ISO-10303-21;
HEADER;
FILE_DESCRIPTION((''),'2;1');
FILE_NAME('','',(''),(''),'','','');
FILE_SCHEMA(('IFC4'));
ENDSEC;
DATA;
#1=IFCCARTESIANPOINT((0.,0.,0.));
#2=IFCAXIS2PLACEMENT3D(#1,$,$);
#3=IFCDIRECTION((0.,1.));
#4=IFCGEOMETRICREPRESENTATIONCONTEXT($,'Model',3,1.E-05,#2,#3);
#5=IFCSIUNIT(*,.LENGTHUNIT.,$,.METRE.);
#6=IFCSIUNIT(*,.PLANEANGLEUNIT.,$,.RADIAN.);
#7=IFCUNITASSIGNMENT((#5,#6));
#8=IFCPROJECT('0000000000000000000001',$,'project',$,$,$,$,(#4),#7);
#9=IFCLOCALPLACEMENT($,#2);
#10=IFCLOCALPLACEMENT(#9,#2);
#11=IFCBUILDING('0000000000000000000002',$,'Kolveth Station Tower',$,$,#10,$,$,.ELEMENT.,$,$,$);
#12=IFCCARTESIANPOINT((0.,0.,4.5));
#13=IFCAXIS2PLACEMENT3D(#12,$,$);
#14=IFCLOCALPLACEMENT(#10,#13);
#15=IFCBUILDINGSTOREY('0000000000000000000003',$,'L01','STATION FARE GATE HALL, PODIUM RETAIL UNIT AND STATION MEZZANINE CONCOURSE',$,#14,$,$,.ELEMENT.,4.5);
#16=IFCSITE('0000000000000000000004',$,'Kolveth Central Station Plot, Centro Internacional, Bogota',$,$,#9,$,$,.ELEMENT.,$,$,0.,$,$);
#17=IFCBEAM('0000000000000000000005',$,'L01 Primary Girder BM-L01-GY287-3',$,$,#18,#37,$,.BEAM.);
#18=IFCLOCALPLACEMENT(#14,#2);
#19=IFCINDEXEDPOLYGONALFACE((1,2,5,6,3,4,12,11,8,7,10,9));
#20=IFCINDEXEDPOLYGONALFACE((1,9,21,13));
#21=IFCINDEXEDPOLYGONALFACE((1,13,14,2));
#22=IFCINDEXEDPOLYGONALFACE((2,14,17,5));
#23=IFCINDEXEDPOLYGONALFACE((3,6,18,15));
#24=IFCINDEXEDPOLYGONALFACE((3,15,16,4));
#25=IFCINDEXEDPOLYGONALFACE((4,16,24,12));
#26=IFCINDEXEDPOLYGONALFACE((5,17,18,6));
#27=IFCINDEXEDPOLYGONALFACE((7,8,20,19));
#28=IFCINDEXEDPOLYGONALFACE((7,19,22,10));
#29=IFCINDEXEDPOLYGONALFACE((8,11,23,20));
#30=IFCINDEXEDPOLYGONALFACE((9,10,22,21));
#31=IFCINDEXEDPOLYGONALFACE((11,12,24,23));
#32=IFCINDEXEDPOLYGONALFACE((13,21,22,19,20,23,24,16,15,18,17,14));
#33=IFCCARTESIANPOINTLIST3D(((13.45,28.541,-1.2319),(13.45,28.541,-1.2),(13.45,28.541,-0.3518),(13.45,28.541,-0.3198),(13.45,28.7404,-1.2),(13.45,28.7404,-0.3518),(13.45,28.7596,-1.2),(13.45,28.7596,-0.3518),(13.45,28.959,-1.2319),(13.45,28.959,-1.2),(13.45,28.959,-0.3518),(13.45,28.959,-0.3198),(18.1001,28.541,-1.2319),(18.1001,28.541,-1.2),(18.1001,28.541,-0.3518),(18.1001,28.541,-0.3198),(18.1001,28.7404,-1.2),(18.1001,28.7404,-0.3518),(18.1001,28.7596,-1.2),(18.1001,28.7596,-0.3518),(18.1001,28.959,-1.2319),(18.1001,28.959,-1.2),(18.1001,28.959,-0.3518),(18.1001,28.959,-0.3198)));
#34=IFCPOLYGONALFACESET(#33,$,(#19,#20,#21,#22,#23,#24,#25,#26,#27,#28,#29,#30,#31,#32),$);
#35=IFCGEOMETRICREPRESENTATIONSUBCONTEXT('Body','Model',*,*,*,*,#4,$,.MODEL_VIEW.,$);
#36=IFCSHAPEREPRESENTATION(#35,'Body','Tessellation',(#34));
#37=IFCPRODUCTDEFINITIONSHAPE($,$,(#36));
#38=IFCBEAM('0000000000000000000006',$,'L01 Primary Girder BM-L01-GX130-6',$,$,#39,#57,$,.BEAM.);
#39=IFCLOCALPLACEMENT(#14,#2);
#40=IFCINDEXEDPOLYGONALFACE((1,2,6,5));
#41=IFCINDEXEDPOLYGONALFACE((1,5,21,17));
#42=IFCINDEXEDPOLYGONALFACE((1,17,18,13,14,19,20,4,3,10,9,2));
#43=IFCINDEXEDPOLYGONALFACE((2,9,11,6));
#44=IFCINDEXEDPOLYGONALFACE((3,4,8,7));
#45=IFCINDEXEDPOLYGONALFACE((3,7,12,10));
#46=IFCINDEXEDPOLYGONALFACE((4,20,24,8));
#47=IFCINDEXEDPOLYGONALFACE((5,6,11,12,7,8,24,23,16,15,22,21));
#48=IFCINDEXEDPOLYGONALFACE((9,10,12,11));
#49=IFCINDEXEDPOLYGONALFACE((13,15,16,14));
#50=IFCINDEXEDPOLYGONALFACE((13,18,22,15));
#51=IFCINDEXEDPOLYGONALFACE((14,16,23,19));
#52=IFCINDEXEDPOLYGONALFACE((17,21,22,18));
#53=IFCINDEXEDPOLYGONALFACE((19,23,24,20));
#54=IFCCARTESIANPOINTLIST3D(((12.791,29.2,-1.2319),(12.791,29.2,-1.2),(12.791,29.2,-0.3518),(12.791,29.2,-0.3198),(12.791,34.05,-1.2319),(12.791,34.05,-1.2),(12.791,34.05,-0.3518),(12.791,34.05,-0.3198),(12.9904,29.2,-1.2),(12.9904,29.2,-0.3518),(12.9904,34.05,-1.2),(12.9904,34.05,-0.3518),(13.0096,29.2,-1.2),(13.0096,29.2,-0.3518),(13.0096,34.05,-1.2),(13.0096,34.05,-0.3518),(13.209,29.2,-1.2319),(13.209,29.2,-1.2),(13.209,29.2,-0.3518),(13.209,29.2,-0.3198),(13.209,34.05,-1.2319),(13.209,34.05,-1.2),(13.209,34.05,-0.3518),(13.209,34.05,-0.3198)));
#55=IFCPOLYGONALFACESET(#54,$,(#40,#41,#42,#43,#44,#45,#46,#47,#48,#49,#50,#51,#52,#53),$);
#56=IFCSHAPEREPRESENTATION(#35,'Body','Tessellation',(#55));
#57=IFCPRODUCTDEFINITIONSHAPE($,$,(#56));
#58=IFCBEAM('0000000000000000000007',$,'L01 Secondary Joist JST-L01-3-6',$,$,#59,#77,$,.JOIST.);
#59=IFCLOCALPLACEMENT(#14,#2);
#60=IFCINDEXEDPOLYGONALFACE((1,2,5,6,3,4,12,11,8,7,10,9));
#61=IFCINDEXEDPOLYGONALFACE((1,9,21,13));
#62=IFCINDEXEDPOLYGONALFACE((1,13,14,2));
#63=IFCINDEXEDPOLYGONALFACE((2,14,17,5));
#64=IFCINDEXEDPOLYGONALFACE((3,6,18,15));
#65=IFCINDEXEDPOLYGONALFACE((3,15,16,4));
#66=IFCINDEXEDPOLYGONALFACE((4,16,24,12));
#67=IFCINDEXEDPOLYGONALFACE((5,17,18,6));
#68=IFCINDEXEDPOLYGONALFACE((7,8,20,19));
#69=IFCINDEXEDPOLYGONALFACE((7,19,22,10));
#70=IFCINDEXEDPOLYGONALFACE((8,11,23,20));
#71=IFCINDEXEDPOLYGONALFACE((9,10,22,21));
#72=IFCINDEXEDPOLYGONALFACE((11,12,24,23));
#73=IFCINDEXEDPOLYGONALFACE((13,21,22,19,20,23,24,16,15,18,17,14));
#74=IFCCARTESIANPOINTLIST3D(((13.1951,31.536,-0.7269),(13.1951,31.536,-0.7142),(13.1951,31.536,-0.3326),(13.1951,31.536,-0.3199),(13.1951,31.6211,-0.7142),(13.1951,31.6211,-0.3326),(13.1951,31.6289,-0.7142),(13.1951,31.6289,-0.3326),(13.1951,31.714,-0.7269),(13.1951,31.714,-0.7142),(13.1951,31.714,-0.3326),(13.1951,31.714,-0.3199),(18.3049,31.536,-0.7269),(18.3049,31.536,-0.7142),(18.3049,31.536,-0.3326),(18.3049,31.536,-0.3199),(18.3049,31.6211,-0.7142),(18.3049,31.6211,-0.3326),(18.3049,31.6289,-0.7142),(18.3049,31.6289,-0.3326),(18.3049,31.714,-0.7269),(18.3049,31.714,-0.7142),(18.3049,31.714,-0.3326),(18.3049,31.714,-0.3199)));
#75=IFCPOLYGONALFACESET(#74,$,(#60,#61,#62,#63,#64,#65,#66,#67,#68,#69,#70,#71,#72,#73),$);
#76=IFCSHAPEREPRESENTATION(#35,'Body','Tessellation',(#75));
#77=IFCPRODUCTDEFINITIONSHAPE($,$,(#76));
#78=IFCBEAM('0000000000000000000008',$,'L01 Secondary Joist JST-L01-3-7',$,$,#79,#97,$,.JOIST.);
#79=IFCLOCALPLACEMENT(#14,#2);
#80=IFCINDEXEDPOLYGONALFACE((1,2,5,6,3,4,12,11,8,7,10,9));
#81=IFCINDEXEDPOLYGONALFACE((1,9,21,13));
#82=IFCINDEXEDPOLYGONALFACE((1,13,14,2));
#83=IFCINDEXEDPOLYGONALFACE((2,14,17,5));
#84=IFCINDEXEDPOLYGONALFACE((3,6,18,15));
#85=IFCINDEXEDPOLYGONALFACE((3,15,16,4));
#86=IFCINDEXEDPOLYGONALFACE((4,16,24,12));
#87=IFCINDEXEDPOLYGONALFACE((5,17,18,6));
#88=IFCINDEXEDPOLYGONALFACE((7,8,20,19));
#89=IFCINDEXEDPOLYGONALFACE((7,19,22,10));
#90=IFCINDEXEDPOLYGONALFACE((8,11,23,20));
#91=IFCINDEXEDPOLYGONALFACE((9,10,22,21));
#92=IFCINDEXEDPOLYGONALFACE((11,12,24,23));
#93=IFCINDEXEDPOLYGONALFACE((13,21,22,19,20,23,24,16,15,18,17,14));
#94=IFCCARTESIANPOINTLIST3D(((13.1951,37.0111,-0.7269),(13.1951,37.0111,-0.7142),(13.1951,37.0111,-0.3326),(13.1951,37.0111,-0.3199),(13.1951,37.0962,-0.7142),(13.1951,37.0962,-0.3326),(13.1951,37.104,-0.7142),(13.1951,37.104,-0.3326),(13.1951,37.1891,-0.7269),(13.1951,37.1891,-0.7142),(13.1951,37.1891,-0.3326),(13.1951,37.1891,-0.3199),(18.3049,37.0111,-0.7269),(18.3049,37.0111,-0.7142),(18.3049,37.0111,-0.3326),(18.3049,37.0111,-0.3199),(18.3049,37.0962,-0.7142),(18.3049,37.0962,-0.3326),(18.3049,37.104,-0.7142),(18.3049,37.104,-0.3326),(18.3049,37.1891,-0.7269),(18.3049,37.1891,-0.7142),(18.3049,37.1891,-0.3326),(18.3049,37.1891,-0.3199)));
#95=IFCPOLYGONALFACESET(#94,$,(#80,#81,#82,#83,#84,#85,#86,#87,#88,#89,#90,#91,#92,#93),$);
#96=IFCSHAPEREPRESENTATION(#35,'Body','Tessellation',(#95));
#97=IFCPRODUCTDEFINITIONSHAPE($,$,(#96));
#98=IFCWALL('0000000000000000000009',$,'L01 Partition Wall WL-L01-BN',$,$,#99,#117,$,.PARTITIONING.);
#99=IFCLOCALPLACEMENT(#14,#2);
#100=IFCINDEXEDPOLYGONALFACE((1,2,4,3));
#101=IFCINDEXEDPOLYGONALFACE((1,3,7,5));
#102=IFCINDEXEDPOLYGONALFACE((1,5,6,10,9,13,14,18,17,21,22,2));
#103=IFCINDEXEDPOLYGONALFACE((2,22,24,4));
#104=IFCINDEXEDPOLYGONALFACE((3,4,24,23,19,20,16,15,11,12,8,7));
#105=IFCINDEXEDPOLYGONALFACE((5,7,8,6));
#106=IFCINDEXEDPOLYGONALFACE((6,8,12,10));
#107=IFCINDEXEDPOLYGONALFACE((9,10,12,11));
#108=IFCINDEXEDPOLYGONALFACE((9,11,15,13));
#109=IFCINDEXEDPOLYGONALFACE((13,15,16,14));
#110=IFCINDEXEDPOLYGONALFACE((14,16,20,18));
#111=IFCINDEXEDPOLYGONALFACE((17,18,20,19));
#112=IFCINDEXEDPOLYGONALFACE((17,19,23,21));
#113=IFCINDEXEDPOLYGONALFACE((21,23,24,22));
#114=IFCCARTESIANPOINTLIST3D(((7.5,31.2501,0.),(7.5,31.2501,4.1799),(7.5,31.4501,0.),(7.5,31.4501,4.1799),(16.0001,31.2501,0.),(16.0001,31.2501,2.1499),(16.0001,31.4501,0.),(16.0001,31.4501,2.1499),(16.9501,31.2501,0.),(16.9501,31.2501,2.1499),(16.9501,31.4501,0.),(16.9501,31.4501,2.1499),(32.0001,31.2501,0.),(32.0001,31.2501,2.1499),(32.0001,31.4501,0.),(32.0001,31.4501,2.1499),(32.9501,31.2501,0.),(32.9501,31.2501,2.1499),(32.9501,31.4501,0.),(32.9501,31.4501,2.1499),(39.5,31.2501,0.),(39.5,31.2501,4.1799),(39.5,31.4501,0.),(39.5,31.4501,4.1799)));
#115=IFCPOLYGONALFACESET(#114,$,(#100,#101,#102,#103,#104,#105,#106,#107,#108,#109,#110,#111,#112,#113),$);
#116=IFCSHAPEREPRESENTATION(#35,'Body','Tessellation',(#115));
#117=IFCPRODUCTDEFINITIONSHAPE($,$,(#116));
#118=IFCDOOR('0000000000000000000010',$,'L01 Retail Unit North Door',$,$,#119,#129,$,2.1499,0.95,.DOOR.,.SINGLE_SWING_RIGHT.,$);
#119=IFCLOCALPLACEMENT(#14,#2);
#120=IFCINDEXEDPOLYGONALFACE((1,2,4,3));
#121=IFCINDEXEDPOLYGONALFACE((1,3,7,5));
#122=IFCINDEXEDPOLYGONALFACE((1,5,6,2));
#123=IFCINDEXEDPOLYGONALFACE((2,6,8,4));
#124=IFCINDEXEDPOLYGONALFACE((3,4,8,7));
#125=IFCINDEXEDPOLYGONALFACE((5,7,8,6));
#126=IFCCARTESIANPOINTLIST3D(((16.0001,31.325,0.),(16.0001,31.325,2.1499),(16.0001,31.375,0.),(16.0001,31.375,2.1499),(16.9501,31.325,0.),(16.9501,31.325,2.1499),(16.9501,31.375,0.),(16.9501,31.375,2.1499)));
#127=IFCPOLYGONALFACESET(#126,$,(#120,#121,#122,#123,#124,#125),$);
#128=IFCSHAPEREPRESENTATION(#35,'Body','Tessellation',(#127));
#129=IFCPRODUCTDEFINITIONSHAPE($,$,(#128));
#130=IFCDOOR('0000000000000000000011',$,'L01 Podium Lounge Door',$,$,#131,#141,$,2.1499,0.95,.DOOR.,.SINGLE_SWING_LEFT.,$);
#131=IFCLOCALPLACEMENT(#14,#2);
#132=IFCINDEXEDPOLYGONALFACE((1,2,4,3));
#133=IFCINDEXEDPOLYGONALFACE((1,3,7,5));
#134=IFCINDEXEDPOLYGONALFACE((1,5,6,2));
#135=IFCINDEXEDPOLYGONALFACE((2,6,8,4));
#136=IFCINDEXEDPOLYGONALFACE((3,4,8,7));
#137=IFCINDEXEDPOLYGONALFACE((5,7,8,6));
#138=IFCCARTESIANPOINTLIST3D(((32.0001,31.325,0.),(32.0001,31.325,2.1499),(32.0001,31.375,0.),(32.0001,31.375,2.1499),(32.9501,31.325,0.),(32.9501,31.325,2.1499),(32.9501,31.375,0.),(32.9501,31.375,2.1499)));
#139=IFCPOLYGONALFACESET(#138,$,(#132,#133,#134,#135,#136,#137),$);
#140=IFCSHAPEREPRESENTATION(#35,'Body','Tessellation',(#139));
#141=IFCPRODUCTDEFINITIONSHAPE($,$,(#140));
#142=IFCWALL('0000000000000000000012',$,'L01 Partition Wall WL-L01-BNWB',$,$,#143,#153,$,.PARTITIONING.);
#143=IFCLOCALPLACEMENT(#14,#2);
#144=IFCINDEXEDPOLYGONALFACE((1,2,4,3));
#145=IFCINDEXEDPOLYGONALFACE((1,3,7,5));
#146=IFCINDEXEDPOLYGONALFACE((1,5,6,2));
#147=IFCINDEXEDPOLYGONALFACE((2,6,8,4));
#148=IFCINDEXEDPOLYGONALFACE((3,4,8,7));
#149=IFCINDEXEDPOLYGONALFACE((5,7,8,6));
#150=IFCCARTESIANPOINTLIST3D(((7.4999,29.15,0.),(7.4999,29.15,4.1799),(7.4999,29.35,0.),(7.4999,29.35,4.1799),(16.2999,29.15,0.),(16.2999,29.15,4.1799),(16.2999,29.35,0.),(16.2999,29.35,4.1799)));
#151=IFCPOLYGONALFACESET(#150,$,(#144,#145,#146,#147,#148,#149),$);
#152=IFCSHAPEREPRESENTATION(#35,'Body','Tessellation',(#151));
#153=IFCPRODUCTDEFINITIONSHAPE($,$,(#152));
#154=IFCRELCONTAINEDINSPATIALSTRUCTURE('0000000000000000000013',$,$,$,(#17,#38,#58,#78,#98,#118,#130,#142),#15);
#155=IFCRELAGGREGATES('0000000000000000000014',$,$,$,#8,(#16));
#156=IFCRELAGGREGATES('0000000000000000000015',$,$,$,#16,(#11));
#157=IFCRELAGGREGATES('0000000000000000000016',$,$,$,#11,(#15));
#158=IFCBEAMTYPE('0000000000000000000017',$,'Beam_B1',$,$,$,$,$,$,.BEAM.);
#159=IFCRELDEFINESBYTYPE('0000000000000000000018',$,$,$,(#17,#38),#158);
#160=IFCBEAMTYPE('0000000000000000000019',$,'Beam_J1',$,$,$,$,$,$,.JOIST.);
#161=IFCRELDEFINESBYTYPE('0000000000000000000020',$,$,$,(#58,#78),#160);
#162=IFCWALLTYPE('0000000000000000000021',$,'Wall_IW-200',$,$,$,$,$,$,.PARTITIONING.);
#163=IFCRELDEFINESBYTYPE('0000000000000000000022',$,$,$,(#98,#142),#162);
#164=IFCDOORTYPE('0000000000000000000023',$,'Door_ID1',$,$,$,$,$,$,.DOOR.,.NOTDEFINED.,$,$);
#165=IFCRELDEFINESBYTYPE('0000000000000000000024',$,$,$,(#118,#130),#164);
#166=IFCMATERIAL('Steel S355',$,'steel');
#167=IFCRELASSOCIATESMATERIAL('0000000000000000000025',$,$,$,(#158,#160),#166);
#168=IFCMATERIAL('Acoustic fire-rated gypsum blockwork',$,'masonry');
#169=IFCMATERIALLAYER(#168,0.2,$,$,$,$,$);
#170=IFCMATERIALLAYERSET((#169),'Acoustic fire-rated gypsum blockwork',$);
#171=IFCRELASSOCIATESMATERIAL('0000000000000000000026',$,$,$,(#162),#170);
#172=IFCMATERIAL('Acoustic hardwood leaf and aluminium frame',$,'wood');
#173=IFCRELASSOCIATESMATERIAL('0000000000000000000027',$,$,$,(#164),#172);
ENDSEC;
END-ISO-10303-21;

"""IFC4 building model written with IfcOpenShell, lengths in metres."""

from ifc_helpers import new_model, si_unit, direction, frame, frame_2d, origin, origin_2d, place, context, subcontext, project, spatial, rectangle, i_section, extrude, source, transform, mapped, material, layer, layer_set, material_profile, profile_set, type_object, element, fill, save


model = new_model("IFC4")

# Units and contexts
model_context = context("Model", 3, precision=1e-05, world=origin(), true_north=direction((0.0, 1.0)))
body_context = subcontext(model_context, "Body", "Model", "MODEL_VIEW")
ifc_project = project(units=[si_unit("LENGTHUNIT", "METRE"), si_unit("PLANEANGLEUNIT", "RADIAN")], contexts=[model_context])

# Site, building, storey
site_placement = place(None, origin())
site = spatial("IfcSite", under=ifc_project, at=site_placement, Name="Kolveth Central Station Plot, Centro Internacional, Bogota", CompositionType="ELEMENT", RefElevation=0.0)
building_placement = place(site_placement, origin())
building = spatial("IfcBuilding", under=site, at=building_placement, Name="Kolveth Station Tower", CompositionType="ELEMENT")
storey_placement = place(building_placement, frame((0.0, 0.0, 4.5)))
storey = spatial("IfcBuildingStorey", under=building, at=storey_placement, Name="L01", Description="STATION FARE GATE HALL, PODIUM RETAIL UNIT AND STATION MEZZANINE CONCOURSE", CompositionType="ELEMENT", Elevation=4.5)

# Beams
ifc_material_1 = material(Name="Steel S355", Category="steel")
ifc_material_profile_1 = material_profile(ifc_material_1, i_section(OverallWidth=0.418, OverallDepth=0.9121, WebThickness=0.0193, FlangeThickness=0.032, at=origin_2d()), Name="W920x342")
ifc_profile_set_1 = profile_set([ifc_material_profile_1], Name="Steel S355")
beam_type_1 = type_object("IfcBeamType", Name="Beam_B1", PredefinedType="BEAM", material=ifc_profile_set_1)
shared_shape_1 = source(origin(), body_context, "Body", "SweptSolid", [
    extrude(i_section(OverallWidth=0.418, OverallDepth=0.9121, WebThickness=0.0193, FlangeThickness=0.032, at=origin_2d()), origin(), (0.0, 0.0, 1.0), 4.6501),
])
beam_1_placement = place(storey_placement, frame((13.45, 28.75, -0.7759), z_axis=(1.0, 0.0, 0.0), x_axis=(0.0, 1.0, 0.0)))
element("IfcBeam", 1, at=beam_1_placement, inside=storey, type_object=beam_type_1, Name="L01 Primary Girder BM-L01-GY287-3", PredefinedType="BEAM", context=body_context, shape_type="MappedRepresentation", body=[
    mapped(shared_shape_1, transform((0.0, 0.0, 0.0), x_axis=(1.0, 0.0, 0.0), y_axis=(0.0, 1.0, 0.0), z_axis=(0.0, 0.0, 1.0), scale=1.0)),
])
shared_shape_2 = source(origin(), body_context, "Body", "SweptSolid", [
    extrude(i_section(OverallWidth=0.418, OverallDepth=0.9121, WebThickness=0.0193, FlangeThickness=0.032, at=origin_2d()), origin(), (0.0, 0.0, 1.0), 4.8501),
])
beam_2_placement = place(storey_placement, frame((13.0, 29.2, -0.7759), z_axis=(0.0, 1.0, 0.0), x_axis=(-1.0, 0.0, 0.0)))
element("IfcBeam", 2, at=beam_2_placement, inside=storey, type_object=beam_type_1, Name="L01 Primary Girder BM-L01-GX130-6", PredefinedType="BEAM", context=body_context, shape_type="MappedRepresentation", body=[
    mapped(shared_shape_2, transform((0.0, 0.0, 0.0), x_axis=(1.0, 0.0, 0.0), y_axis=(0.0, 1.0, 0.0), z_axis=(0.0, 0.0, 1.0), scale=1.0)),
])
ifc_material_profile_2 = material_profile(ifc_material_1, i_section(OverallWidth=0.178, OverallDepth=0.407, WebThickness=0.0078, FlangeThickness=0.0127, at=origin_2d()), Name="W410x60")
ifc_profile_set_2 = profile_set([ifc_material_profile_2], Name="Steel S355")
beam_type_2 = type_object("IfcBeamType", Name="Beam_J1", PredefinedType="JOIST", material=ifc_profile_set_2)
shared_shape_3 = source(origin(), body_context, "Body", "SweptSolid", [
    extrude(i_section(OverallWidth=0.178, OverallDepth=0.407, WebThickness=0.0078, FlangeThickness=0.0127, at=origin_2d()), origin(), (0.0, 0.0, 1.0), 5.1099),
])
for number, where, z_axis, x_axis, name in (
    (3, (13.1951, 31.625, -0.5234), (1.0, 0.0, 0.0), (0.0, 1.0, 0.0), "L01 Secondary Joist JST-L01-3-6"),
    (4, (13.1951, 37.1001, -0.5234), (1.0, 0.0, 0.0), (0.0, 1.0, 0.0), "L01 Secondary Joist JST-L01-3-7"),
):
    element("IfcBeam", number, at=place(storey_placement, frame(where, z_axis=z_axis, x_axis=x_axis)), inside=storey, type_object=beam_type_2, Name=name, PredefinedType="JOIST", context=body_context, shape_type="MappedRepresentation", body=[
        mapped(shared_shape_3, transform((0.0, 0.0, 0.0), x_axis=(1.0, 0.0, 0.0), y_axis=(0.0, 1.0, 0.0), z_axis=(0.0, 0.0, 1.0), scale=1.0)),
    ])

# Wall, openings, doors
ifc_material_2 = material(Name="Acoustic fire-rated gypsum blockwork", Category="masonry")
ifc_layer = layer(ifc_material_2, 0.2)
ifc_layer_set = layer_set([ifc_layer], Name="Acoustic fire-rated gypsum blockwork")
wall_type = type_object("IfcWallType", Name="Wall_IW-200", PredefinedType="PARTITIONING", material=ifc_layer_set)
wall_1_placement = place(storey_placement, frame((7.5, 31.3501, 0.0), z_axis=(0.0, 0.0, 1.0), x_axis=(1.0, 0.0, 0.0)))
wall_1 = element("IfcWall", 5, at=wall_1_placement, inside=storey, type_object=wall_type, Name="L01 Partition Wall WL-L01-BN", PredefinedType="PARTITIONING", context=body_context, shape_type="SweptSolid", body=[
    extrude(rectangle(XDim=32.0, YDim=0.2, at=frame_2d((16.0, 0.0))), origin(), (0.0, 0.0, 1.0), 4.1799),
])
opening_1_placement = place(wall_1_placement, frame((8.5, 0.0, 0.0)))
opening_1 = element("IfcOpeningElement", 6, at=opening_1_placement, cuts=wall_1, PredefinedType="OPENING", context=body_context, shape_type="SweptSolid", body=[
    extrude(rectangle(XDim=0.95, YDim=2.1499, at=frame_2d((0.4751, 1.075))), frame((0.0, 0.1099, 0.0), z_axis=(0.0, -1.0, 0.0), x_axis=(1.0, 0.0, 0.0)), (0.0, 0.0, 1.0), 0.22),
])
opening_2_placement = place(wall_1_placement, frame((24.5, 0.0, 0.0)))
opening_2 = element("IfcOpeningElement", 7, at=opening_2_placement, cuts=wall_1, PredefinedType="OPENING", context=body_context, shape_type="SweptSolid", body=[
    extrude(rectangle(XDim=0.95, YDim=2.1499, at=frame_2d((0.4751, 1.075))), frame((0.0, 0.1099, 0.0), z_axis=(0.0, -1.0, 0.0), x_axis=(1.0, 0.0, 0.0)), (0.0, 0.0, 1.0), 0.22),
])
ifc_material_3 = material(Name="Acoustic hardwood leaf and aluminium frame", Category="wood")
door_type = type_object("IfcDoorType", Name="Door_ID1", OperationType="NOTDEFINED", PredefinedType="DOOR", material=ifc_material_3)
door_1_placement = place(opening_1_placement, origin())
door_1 = element("IfcDoor", 8, at=door_1_placement, inside=storey, type_object=door_type, Name="L01 Retail Unit North Door", OperationType="SINGLE_SWING_RIGHT", OverallHeight=2.1499, OverallWidth=0.95, PredefinedType="DOOR", context=body_context, shape_type="SweptSolid", body=[
    extrude(rectangle(XDim=0.95, YDim=2.1499, at=frame_2d((0.4751, 1.075))), frame((0.0, 0.0249, 0.0), z_axis=(0.0, -1.0, 0.0), x_axis=(1.0, 0.0, 0.0)), (0.0, 0.0, 1.0), 0.05),
])
fill(opening_1, door_1)
door_2_placement = place(opening_2_placement, origin())
door_2 = element("IfcDoor", 9, at=door_2_placement, inside=storey, type_object=door_type, Name="L01 Podium Lounge Door", OperationType="SINGLE_SWING_LEFT", OverallHeight=2.1499, OverallWidth=0.95, PredefinedType="DOOR", context=body_context, shape_type="SweptSolid", body=[
    extrude(rectangle(XDim=0.95, YDim=2.1499, at=frame_2d((0.4751, 1.075))), frame((0.0, 0.0249, 0.0), z_axis=(0.0, -1.0, 0.0), x_axis=(1.0, 0.0, 0.0)), (0.0, 0.0, 1.0), 0.05),
])
fill(opening_2, door_2)

# Wall
wall_2_placement = place(storey_placement, frame((7.5, 29.25, 0.0), z_axis=(0.0, 0.0, 1.0), x_axis=(1.0, 0.0, 0.0)))
element("IfcWall", 10, at=wall_2_placement, inside=storey, type_object=wall_type, Name="L01 Partition Wall WL-L01-BNWB", PredefinedType="PARTITIONING", context=body_context, shape_type="SweptSolid", body=[
    extrude(rectangle(XDim=8.8, YDim=0.2, at=frame_2d((4.3999, 0.0))), origin(), (0.0, 0.0, 1.0), 4.1799),
])

save(model, "model.ifc")
